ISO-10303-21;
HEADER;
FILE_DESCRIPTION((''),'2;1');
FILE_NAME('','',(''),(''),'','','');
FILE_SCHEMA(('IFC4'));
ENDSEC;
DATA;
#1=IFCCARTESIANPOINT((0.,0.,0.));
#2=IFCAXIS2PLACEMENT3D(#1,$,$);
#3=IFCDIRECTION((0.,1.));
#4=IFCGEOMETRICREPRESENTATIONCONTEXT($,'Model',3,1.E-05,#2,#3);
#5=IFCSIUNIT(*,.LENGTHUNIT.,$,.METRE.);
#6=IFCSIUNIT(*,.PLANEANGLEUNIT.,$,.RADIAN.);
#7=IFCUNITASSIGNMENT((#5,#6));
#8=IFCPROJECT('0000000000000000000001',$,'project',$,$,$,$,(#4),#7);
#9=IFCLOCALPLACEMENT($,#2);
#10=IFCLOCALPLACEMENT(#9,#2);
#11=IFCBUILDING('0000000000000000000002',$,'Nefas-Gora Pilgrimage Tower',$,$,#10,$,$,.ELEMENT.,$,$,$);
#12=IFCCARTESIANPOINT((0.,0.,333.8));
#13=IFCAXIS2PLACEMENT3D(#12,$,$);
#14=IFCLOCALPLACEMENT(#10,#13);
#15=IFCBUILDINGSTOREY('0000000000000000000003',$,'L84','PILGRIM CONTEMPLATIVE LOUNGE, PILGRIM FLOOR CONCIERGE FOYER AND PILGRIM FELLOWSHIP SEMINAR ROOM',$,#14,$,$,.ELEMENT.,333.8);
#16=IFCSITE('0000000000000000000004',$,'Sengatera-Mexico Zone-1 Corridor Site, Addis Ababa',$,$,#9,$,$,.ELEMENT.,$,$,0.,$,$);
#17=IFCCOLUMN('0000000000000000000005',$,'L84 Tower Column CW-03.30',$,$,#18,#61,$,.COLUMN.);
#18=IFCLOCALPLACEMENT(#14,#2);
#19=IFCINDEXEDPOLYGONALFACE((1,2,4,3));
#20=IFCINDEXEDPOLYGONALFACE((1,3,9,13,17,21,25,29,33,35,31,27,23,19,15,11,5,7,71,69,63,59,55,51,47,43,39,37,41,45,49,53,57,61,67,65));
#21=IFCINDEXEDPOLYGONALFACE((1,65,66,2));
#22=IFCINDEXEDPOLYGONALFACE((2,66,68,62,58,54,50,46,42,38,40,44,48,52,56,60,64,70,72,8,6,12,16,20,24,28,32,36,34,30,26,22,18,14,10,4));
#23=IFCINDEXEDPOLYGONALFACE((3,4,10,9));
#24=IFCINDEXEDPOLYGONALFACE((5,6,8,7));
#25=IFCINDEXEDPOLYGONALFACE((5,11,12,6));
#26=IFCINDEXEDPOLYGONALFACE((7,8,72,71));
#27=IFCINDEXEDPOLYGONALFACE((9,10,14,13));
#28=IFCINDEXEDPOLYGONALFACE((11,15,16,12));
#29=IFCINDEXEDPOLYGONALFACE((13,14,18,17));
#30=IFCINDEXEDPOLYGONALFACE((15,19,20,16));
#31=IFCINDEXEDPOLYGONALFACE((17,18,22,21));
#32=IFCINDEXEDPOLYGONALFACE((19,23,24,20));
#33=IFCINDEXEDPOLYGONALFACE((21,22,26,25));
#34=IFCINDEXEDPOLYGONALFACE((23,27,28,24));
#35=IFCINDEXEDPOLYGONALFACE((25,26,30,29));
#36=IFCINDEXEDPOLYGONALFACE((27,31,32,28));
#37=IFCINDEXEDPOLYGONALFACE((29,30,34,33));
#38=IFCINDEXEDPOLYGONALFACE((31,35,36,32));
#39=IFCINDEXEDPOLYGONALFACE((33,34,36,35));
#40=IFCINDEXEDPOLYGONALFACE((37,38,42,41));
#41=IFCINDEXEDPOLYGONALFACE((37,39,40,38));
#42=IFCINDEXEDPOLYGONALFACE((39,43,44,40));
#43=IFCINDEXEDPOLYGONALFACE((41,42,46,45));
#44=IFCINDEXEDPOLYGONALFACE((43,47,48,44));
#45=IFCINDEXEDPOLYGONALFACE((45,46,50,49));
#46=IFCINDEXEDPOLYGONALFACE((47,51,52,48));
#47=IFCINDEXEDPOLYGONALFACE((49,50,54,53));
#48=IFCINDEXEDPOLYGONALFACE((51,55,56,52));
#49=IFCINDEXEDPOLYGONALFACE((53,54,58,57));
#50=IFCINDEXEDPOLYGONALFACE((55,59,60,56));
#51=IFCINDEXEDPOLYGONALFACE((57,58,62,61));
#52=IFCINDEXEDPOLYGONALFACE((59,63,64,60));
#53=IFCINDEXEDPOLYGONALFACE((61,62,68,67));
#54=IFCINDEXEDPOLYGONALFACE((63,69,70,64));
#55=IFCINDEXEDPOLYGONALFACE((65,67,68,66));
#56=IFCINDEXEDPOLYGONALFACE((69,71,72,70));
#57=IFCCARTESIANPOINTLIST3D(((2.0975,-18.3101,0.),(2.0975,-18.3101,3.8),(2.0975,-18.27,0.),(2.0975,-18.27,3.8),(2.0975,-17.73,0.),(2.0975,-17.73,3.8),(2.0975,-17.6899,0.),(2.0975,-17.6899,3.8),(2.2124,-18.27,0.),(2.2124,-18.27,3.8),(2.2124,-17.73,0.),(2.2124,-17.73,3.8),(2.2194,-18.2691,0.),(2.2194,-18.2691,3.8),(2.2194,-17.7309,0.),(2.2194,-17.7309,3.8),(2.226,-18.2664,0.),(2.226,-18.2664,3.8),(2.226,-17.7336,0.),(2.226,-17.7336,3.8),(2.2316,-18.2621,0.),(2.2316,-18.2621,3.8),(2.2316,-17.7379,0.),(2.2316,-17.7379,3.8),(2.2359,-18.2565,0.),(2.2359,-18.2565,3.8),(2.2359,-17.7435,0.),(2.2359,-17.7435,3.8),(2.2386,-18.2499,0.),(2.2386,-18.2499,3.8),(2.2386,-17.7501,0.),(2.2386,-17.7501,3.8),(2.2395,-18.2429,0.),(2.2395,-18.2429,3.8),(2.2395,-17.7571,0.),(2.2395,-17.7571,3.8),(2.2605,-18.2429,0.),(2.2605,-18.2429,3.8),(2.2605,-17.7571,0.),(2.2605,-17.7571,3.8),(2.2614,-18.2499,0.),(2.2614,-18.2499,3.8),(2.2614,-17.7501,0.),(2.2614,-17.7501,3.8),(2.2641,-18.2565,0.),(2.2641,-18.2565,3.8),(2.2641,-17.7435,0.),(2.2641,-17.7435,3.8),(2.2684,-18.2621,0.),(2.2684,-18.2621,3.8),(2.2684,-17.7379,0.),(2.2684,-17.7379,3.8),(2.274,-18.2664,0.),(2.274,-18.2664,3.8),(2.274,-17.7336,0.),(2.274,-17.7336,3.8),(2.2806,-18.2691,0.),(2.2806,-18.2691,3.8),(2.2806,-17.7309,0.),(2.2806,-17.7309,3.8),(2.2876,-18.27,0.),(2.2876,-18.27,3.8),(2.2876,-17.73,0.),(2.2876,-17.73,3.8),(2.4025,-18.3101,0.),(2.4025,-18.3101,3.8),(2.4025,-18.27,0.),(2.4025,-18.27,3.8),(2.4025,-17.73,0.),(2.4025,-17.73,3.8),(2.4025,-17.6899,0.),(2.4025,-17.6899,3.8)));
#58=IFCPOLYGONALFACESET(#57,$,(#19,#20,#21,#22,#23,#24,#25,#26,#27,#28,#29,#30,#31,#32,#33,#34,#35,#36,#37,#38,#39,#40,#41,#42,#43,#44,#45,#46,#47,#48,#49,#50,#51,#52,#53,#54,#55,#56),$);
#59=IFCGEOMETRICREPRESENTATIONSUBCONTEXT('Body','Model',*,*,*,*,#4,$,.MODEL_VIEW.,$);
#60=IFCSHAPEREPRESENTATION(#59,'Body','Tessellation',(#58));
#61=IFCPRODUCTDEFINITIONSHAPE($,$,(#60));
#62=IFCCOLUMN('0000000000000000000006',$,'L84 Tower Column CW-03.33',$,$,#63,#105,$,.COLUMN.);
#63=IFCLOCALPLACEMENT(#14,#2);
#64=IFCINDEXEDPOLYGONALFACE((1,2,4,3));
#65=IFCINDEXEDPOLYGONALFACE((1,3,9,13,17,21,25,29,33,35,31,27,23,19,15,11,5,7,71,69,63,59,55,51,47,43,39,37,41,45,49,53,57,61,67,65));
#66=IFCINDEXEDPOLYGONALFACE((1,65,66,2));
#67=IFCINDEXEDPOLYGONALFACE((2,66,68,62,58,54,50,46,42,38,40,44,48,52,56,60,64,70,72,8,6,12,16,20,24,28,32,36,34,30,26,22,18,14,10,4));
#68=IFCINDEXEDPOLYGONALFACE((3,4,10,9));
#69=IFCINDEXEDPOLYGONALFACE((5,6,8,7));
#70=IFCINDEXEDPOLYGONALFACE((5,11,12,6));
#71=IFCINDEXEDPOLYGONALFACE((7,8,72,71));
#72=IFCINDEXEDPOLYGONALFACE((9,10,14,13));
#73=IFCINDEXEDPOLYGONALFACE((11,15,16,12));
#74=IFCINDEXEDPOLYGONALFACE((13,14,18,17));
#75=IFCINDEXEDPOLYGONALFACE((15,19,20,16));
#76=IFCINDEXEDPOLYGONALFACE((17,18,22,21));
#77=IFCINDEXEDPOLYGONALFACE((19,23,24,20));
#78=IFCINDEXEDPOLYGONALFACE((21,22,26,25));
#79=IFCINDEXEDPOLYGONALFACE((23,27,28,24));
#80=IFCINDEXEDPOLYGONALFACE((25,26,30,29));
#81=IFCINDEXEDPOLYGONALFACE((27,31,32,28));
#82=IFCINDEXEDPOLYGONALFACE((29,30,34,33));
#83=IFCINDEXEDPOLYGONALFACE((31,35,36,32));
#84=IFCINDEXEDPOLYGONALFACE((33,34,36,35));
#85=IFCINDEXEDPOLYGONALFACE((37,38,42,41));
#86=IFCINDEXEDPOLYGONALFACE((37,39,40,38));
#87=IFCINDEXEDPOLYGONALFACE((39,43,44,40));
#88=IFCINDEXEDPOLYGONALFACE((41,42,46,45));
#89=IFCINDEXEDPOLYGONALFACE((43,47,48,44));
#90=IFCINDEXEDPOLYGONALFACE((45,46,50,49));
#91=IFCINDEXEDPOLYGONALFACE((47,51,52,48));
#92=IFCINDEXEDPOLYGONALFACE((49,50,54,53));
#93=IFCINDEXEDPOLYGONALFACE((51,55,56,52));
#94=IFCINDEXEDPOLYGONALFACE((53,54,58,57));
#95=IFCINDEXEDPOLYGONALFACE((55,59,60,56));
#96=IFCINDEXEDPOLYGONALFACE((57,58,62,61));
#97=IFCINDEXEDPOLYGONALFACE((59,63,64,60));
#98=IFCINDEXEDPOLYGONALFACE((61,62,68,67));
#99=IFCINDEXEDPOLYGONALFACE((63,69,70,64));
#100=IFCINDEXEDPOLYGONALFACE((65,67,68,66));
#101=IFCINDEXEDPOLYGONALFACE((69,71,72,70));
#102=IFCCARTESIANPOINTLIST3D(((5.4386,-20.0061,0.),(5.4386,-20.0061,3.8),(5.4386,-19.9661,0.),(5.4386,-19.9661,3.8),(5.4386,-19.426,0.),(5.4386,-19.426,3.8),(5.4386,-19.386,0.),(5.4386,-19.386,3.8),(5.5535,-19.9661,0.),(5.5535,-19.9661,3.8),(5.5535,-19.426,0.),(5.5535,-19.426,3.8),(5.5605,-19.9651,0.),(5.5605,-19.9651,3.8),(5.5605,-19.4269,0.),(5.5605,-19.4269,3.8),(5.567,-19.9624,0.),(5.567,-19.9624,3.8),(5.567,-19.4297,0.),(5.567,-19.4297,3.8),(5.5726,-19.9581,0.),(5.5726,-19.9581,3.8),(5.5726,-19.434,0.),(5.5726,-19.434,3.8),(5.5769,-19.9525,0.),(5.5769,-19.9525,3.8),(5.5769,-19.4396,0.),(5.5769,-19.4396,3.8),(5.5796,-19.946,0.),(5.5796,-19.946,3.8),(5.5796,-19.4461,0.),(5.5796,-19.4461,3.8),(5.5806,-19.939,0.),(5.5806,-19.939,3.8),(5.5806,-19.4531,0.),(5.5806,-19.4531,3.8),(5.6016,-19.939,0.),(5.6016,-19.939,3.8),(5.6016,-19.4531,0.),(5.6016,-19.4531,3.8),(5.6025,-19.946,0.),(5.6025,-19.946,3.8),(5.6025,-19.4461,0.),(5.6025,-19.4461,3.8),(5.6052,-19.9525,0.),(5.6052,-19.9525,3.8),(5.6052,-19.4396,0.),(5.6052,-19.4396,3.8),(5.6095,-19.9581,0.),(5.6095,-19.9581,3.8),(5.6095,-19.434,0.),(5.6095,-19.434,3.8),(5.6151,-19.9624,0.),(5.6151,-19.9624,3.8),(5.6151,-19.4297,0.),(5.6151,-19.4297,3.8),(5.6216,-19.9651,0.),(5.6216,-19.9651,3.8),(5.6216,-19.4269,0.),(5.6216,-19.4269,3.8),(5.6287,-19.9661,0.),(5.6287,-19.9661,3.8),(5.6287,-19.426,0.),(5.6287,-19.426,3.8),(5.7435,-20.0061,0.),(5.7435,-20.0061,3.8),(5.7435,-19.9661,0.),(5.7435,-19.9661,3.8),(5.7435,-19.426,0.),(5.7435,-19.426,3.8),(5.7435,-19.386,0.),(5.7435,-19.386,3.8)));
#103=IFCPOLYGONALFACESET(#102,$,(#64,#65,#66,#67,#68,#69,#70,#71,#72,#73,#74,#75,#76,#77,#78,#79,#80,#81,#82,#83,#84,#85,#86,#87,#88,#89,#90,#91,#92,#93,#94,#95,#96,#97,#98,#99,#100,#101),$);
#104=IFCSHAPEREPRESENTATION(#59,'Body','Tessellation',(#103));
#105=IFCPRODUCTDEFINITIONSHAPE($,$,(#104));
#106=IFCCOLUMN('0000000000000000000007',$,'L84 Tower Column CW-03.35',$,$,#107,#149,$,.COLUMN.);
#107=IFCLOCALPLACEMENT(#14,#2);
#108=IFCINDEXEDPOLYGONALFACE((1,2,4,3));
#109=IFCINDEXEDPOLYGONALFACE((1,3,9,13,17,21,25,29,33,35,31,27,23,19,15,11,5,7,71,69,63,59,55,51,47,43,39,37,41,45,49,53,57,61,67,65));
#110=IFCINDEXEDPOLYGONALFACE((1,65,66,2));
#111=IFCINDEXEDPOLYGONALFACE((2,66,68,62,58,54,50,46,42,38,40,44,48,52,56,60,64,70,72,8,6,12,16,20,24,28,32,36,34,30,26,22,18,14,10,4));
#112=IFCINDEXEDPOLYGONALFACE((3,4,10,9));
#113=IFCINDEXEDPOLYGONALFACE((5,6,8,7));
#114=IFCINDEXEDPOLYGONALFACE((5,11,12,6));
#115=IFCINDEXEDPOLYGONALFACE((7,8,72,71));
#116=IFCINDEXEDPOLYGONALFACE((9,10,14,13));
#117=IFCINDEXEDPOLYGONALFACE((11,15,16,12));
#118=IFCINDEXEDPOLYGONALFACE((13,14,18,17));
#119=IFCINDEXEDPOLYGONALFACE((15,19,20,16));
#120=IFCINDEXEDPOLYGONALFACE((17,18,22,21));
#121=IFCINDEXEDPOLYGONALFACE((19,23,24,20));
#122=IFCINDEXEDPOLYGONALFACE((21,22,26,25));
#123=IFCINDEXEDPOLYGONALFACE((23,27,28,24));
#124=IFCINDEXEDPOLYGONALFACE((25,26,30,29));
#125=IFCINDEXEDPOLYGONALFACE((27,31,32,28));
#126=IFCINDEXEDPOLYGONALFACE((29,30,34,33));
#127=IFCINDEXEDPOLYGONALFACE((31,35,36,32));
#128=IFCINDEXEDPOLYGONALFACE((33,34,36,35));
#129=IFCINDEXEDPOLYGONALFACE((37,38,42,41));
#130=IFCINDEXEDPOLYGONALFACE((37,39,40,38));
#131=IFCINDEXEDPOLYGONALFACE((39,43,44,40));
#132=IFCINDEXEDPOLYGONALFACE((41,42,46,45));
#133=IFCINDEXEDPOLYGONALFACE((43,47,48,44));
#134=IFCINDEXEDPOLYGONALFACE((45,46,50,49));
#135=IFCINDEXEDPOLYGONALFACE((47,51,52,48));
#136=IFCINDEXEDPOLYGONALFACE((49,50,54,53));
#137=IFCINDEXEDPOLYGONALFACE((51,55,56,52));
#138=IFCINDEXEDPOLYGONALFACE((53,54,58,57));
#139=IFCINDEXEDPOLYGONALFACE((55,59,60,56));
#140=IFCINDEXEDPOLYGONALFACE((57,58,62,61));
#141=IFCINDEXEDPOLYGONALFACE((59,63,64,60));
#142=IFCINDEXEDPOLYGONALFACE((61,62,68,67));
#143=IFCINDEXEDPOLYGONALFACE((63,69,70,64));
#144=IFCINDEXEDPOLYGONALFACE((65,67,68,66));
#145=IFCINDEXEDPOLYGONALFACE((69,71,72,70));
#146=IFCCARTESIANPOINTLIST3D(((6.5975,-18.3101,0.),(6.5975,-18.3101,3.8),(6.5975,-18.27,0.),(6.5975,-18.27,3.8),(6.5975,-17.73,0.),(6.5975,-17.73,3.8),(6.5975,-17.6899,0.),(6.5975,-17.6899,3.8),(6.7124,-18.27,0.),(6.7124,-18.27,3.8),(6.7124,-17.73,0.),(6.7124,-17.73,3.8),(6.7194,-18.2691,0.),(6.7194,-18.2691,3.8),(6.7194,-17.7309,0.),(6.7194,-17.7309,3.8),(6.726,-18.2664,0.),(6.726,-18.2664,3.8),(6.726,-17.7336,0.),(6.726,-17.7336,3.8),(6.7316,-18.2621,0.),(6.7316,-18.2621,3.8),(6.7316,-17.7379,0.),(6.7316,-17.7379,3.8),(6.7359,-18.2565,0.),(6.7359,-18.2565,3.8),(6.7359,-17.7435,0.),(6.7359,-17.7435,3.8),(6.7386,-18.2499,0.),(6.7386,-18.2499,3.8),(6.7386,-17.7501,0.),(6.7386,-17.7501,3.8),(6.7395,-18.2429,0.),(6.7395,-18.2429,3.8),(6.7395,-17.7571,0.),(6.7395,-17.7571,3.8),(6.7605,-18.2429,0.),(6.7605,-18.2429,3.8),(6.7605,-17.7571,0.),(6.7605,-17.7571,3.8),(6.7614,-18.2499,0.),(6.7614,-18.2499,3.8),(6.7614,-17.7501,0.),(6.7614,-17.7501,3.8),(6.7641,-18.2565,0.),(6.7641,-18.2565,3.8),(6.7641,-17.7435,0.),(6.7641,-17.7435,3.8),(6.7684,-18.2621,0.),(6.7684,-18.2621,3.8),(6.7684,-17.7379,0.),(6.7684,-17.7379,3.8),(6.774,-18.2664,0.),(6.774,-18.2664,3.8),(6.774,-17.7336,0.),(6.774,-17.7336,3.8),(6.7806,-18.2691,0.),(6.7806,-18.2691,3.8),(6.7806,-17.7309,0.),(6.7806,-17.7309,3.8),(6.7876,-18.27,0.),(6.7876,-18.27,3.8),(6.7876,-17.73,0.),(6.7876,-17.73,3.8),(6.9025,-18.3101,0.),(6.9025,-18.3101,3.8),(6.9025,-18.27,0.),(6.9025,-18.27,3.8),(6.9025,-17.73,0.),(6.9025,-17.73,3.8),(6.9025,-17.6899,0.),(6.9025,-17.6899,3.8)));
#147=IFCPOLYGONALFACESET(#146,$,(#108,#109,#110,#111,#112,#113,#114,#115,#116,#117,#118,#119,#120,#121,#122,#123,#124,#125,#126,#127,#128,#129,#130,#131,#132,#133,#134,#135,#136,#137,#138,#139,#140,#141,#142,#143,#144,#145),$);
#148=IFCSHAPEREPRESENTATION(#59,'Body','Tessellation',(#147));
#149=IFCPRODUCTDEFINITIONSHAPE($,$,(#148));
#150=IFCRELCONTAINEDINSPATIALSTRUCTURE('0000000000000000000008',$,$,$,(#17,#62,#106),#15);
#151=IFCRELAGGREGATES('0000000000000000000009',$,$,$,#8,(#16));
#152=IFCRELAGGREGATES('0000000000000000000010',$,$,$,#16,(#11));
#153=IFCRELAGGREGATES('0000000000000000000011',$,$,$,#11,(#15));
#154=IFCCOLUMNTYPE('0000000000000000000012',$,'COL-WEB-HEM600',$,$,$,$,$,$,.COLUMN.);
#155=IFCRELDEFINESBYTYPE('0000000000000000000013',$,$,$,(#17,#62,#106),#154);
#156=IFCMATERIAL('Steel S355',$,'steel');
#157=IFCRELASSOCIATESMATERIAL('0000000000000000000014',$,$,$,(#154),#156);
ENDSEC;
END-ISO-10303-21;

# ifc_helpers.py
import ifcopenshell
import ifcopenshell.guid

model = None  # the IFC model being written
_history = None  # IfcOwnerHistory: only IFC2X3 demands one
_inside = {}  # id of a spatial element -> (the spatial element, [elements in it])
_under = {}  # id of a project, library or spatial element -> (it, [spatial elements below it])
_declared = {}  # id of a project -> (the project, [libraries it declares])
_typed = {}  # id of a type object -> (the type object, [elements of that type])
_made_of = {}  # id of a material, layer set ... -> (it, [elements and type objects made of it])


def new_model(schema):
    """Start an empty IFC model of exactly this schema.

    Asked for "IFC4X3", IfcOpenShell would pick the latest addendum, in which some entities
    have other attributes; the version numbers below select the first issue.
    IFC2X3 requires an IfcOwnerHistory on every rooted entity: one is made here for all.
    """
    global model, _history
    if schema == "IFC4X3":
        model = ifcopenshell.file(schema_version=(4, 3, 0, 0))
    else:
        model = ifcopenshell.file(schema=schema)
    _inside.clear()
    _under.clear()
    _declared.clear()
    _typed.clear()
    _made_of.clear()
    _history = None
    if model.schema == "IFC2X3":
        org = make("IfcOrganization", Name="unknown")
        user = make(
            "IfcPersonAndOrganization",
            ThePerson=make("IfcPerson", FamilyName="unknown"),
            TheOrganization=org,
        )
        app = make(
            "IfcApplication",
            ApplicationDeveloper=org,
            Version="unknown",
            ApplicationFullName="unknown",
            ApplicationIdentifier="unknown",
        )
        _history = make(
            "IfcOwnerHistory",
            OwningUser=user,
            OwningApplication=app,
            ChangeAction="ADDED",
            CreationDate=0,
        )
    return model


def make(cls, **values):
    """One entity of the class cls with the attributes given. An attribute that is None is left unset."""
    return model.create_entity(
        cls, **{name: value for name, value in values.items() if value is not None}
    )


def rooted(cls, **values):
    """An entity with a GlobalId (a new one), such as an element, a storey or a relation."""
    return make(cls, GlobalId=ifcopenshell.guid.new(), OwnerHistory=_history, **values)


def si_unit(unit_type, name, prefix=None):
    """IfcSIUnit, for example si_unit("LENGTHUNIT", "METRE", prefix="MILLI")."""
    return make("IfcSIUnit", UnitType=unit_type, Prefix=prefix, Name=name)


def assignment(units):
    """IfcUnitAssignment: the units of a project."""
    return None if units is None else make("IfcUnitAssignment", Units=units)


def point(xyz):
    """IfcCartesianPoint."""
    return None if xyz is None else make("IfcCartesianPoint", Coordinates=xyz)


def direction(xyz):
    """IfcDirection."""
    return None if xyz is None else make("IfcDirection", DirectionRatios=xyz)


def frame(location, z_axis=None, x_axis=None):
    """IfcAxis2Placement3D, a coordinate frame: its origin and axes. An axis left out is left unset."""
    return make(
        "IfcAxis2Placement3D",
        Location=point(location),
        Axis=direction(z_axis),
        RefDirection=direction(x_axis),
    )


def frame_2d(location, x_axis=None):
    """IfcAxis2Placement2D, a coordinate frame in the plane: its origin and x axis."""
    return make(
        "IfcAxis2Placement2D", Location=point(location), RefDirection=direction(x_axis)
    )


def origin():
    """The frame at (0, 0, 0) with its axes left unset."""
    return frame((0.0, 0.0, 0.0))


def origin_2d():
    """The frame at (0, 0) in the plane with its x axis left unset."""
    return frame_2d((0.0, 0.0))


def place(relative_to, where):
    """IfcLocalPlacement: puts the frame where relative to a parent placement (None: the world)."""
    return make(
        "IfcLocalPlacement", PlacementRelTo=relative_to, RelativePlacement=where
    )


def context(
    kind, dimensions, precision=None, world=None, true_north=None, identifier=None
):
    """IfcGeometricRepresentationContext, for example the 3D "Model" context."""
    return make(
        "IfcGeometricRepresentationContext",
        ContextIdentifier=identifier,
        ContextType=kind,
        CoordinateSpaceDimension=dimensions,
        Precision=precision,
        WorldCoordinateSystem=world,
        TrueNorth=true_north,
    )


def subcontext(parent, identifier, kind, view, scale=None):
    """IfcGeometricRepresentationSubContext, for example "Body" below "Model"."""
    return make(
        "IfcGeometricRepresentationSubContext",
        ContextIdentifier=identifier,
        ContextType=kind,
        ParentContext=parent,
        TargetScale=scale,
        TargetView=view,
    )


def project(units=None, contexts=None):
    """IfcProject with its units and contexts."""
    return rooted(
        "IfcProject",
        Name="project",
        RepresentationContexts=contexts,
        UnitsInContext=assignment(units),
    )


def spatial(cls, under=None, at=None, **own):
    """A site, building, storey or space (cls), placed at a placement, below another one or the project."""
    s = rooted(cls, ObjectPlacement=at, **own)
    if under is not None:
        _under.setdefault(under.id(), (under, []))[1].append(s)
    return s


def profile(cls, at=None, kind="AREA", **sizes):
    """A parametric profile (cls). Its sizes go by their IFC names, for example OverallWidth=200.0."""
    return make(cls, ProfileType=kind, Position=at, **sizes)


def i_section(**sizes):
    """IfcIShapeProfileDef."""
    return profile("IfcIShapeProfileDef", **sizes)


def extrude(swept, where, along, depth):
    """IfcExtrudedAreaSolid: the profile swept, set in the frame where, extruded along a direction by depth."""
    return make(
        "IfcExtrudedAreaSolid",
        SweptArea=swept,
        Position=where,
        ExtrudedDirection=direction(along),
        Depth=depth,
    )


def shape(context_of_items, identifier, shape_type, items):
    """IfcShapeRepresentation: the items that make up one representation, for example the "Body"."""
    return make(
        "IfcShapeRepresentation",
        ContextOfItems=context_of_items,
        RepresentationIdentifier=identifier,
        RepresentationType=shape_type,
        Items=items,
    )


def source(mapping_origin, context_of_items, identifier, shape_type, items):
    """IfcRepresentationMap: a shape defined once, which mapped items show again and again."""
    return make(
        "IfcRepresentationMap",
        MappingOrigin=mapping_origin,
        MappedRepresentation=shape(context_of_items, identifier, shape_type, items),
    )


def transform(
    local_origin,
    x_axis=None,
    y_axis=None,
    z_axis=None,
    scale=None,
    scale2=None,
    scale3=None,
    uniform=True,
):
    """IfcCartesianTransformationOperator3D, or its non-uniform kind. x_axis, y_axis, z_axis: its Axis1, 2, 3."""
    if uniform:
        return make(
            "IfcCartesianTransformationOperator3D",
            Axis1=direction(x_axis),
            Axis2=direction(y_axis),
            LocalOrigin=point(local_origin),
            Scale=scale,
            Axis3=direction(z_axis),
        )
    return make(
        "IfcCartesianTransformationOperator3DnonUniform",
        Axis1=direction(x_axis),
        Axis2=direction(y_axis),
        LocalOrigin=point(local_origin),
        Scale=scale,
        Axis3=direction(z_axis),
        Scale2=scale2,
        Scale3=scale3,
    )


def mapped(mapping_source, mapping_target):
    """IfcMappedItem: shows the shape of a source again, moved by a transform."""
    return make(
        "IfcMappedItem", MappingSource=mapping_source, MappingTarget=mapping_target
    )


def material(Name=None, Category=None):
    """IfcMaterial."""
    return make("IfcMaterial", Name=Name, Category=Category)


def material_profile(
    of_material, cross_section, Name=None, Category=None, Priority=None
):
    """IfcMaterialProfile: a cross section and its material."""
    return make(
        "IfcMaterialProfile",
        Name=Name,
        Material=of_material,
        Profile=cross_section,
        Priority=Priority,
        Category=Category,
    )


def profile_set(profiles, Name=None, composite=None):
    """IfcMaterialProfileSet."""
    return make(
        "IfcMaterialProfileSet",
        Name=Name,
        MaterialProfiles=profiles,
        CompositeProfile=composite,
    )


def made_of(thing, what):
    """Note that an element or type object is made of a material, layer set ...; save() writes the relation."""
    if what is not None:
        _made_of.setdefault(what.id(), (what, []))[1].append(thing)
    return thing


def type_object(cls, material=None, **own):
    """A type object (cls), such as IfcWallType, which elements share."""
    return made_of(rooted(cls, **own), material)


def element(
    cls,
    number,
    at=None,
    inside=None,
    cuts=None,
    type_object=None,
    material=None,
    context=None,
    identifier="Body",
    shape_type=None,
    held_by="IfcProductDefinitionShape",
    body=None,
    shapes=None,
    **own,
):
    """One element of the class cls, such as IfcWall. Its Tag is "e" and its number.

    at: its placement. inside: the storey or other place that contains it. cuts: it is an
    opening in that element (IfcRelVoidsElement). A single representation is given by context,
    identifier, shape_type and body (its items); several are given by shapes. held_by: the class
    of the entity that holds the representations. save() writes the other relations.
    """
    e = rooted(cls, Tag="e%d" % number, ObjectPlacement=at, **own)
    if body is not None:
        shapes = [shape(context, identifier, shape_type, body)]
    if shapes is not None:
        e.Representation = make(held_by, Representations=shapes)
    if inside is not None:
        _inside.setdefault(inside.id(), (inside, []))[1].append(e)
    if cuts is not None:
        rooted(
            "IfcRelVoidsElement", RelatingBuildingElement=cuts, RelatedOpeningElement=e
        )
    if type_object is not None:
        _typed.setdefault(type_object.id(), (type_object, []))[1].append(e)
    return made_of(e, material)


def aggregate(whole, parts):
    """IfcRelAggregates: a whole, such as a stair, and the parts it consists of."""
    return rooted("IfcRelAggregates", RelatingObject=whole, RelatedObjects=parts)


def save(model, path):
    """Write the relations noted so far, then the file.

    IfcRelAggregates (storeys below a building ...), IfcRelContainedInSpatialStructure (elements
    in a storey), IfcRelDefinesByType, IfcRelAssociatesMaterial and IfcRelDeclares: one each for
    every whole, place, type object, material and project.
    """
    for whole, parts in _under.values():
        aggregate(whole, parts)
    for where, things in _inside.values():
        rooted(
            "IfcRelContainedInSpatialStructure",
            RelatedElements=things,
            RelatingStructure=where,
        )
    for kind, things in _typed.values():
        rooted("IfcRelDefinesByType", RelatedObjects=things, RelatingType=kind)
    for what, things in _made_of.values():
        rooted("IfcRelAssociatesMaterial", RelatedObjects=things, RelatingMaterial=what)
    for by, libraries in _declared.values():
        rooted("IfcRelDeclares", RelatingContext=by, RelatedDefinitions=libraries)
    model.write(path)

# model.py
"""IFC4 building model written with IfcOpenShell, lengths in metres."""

from ifc_helpers import new_model, si_unit, direction, frame, origin, origin_2d, place, context, subcontext, project, spatial, i_section, extrude, source, transform, mapped, material, material_profile, profile_set, type_object, element, save


model = new_model("IFC4")

# Units and contexts
model_context = context("Model", 3, precision=1e-05, world=origin(), true_north=direction((0.0, 1.0)))
body_context = subcontext(model_context, "Body", "Model", "MODEL_VIEW")
ifc_project = project(units=[si_unit("LENGTHUNIT", "METRE"), si_unit("PLANEANGLEUNIT", "RADIAN")], contexts=[model_context])

# Site, building, storey
site_placement = place(None, origin())
site = spatial("IfcSite", under=ifc_project, at=site_placement, Name="Sengatera-Mexico Zone-1 Corridor Site, Addis Ababa", CompositionType="ELEMENT", RefElevation=0.0)
building_placement = place(site_placement, origin())
building = spatial("IfcBuilding", under=site, at=building_placement, Name="Nefas-Gora Pilgrimage Tower", CompositionType="ELEMENT")
storey_placement = place(building_placement, frame((0.0, 0.0, 333.8)))
storey = spatial("IfcBuildingStorey", under=building, at=storey_placement, Name="L84", Description="PILGRIM CONTEMPLATIVE LOUNGE, PILGRIM FLOOR CONCIERGE FOYER AND PILGRIM FELLOWSHIP SEMINAR ROOM", CompositionType="ELEMENT", Elevation=333.8)

# Columns
ifc_material_1 = material(Name="Steel S355", Category="steel")
ifc_material_profile_1 = material_profile(ifc_material_1, i_section(OverallWidth=0.3049, OverallDepth=0.6201, WebThickness=0.021, FlangeThickness=0.04, FilletRadius=0.0271, at=origin_2d()), Name="HEM 600")
ifc_profile_set_1 = profile_set([ifc_material_profile_1], Name="Steel S355")
column_type_1 = type_object("IfcColumnType", Name="COL-WEB-HEM600", PredefinedType="COLUMN", material=ifc_profile_set_1)
shared_shape_1 = source(origin(), body_context, "Body", "SweptSolid", [
    extrude(i_section(OverallWidth=0.3049, OverallDepth=0.6201, WebThickness=0.021, FlangeThickness=0.04, FilletRadius=0.0271, at=origin_2d()), origin(), (0.0, 0.0, 1.0), 3.8),
])
for number, where, z_axis, x_axis, name in (
    (1, (2.25, -18.0, 0.0), (0.0, 0.0, 1.0), (1.0, 0.0, 0.0), "L84 Tower Column CW-03.30"),
    (2, (5.5911, -19.696, 0.0), (0.0, 0.0, 1.0), (1.0, 0.0, 0.0), "L84 Tower Column CW-03.33"),
    (3, (6.75, -18.0, 0.0), (0.0, 0.0, 1.0), (1.0, 0.0, 0.0), "L84 Tower Column CW-03.35"),
):
    element("IfcColumn", number, at=place(storey_placement, frame(where, z_axis=z_axis, x_axis=x_axis)), inside=storey, type_object=column_type_1, Name=name, PredefinedType="COLUMN", context=body_context, shape_type="MappedRepresentation", body=[
        mapped(shared_shape_1, transform((0.0, 0.0, 0.0), x_axis=(1.0, 0.0, 0.0), y_axis=(0.0, 1.0, 0.0), z_axis=(0.0, 0.0, 1.0), scale=1.0)),
    ])

save(model, "model.ifc")
